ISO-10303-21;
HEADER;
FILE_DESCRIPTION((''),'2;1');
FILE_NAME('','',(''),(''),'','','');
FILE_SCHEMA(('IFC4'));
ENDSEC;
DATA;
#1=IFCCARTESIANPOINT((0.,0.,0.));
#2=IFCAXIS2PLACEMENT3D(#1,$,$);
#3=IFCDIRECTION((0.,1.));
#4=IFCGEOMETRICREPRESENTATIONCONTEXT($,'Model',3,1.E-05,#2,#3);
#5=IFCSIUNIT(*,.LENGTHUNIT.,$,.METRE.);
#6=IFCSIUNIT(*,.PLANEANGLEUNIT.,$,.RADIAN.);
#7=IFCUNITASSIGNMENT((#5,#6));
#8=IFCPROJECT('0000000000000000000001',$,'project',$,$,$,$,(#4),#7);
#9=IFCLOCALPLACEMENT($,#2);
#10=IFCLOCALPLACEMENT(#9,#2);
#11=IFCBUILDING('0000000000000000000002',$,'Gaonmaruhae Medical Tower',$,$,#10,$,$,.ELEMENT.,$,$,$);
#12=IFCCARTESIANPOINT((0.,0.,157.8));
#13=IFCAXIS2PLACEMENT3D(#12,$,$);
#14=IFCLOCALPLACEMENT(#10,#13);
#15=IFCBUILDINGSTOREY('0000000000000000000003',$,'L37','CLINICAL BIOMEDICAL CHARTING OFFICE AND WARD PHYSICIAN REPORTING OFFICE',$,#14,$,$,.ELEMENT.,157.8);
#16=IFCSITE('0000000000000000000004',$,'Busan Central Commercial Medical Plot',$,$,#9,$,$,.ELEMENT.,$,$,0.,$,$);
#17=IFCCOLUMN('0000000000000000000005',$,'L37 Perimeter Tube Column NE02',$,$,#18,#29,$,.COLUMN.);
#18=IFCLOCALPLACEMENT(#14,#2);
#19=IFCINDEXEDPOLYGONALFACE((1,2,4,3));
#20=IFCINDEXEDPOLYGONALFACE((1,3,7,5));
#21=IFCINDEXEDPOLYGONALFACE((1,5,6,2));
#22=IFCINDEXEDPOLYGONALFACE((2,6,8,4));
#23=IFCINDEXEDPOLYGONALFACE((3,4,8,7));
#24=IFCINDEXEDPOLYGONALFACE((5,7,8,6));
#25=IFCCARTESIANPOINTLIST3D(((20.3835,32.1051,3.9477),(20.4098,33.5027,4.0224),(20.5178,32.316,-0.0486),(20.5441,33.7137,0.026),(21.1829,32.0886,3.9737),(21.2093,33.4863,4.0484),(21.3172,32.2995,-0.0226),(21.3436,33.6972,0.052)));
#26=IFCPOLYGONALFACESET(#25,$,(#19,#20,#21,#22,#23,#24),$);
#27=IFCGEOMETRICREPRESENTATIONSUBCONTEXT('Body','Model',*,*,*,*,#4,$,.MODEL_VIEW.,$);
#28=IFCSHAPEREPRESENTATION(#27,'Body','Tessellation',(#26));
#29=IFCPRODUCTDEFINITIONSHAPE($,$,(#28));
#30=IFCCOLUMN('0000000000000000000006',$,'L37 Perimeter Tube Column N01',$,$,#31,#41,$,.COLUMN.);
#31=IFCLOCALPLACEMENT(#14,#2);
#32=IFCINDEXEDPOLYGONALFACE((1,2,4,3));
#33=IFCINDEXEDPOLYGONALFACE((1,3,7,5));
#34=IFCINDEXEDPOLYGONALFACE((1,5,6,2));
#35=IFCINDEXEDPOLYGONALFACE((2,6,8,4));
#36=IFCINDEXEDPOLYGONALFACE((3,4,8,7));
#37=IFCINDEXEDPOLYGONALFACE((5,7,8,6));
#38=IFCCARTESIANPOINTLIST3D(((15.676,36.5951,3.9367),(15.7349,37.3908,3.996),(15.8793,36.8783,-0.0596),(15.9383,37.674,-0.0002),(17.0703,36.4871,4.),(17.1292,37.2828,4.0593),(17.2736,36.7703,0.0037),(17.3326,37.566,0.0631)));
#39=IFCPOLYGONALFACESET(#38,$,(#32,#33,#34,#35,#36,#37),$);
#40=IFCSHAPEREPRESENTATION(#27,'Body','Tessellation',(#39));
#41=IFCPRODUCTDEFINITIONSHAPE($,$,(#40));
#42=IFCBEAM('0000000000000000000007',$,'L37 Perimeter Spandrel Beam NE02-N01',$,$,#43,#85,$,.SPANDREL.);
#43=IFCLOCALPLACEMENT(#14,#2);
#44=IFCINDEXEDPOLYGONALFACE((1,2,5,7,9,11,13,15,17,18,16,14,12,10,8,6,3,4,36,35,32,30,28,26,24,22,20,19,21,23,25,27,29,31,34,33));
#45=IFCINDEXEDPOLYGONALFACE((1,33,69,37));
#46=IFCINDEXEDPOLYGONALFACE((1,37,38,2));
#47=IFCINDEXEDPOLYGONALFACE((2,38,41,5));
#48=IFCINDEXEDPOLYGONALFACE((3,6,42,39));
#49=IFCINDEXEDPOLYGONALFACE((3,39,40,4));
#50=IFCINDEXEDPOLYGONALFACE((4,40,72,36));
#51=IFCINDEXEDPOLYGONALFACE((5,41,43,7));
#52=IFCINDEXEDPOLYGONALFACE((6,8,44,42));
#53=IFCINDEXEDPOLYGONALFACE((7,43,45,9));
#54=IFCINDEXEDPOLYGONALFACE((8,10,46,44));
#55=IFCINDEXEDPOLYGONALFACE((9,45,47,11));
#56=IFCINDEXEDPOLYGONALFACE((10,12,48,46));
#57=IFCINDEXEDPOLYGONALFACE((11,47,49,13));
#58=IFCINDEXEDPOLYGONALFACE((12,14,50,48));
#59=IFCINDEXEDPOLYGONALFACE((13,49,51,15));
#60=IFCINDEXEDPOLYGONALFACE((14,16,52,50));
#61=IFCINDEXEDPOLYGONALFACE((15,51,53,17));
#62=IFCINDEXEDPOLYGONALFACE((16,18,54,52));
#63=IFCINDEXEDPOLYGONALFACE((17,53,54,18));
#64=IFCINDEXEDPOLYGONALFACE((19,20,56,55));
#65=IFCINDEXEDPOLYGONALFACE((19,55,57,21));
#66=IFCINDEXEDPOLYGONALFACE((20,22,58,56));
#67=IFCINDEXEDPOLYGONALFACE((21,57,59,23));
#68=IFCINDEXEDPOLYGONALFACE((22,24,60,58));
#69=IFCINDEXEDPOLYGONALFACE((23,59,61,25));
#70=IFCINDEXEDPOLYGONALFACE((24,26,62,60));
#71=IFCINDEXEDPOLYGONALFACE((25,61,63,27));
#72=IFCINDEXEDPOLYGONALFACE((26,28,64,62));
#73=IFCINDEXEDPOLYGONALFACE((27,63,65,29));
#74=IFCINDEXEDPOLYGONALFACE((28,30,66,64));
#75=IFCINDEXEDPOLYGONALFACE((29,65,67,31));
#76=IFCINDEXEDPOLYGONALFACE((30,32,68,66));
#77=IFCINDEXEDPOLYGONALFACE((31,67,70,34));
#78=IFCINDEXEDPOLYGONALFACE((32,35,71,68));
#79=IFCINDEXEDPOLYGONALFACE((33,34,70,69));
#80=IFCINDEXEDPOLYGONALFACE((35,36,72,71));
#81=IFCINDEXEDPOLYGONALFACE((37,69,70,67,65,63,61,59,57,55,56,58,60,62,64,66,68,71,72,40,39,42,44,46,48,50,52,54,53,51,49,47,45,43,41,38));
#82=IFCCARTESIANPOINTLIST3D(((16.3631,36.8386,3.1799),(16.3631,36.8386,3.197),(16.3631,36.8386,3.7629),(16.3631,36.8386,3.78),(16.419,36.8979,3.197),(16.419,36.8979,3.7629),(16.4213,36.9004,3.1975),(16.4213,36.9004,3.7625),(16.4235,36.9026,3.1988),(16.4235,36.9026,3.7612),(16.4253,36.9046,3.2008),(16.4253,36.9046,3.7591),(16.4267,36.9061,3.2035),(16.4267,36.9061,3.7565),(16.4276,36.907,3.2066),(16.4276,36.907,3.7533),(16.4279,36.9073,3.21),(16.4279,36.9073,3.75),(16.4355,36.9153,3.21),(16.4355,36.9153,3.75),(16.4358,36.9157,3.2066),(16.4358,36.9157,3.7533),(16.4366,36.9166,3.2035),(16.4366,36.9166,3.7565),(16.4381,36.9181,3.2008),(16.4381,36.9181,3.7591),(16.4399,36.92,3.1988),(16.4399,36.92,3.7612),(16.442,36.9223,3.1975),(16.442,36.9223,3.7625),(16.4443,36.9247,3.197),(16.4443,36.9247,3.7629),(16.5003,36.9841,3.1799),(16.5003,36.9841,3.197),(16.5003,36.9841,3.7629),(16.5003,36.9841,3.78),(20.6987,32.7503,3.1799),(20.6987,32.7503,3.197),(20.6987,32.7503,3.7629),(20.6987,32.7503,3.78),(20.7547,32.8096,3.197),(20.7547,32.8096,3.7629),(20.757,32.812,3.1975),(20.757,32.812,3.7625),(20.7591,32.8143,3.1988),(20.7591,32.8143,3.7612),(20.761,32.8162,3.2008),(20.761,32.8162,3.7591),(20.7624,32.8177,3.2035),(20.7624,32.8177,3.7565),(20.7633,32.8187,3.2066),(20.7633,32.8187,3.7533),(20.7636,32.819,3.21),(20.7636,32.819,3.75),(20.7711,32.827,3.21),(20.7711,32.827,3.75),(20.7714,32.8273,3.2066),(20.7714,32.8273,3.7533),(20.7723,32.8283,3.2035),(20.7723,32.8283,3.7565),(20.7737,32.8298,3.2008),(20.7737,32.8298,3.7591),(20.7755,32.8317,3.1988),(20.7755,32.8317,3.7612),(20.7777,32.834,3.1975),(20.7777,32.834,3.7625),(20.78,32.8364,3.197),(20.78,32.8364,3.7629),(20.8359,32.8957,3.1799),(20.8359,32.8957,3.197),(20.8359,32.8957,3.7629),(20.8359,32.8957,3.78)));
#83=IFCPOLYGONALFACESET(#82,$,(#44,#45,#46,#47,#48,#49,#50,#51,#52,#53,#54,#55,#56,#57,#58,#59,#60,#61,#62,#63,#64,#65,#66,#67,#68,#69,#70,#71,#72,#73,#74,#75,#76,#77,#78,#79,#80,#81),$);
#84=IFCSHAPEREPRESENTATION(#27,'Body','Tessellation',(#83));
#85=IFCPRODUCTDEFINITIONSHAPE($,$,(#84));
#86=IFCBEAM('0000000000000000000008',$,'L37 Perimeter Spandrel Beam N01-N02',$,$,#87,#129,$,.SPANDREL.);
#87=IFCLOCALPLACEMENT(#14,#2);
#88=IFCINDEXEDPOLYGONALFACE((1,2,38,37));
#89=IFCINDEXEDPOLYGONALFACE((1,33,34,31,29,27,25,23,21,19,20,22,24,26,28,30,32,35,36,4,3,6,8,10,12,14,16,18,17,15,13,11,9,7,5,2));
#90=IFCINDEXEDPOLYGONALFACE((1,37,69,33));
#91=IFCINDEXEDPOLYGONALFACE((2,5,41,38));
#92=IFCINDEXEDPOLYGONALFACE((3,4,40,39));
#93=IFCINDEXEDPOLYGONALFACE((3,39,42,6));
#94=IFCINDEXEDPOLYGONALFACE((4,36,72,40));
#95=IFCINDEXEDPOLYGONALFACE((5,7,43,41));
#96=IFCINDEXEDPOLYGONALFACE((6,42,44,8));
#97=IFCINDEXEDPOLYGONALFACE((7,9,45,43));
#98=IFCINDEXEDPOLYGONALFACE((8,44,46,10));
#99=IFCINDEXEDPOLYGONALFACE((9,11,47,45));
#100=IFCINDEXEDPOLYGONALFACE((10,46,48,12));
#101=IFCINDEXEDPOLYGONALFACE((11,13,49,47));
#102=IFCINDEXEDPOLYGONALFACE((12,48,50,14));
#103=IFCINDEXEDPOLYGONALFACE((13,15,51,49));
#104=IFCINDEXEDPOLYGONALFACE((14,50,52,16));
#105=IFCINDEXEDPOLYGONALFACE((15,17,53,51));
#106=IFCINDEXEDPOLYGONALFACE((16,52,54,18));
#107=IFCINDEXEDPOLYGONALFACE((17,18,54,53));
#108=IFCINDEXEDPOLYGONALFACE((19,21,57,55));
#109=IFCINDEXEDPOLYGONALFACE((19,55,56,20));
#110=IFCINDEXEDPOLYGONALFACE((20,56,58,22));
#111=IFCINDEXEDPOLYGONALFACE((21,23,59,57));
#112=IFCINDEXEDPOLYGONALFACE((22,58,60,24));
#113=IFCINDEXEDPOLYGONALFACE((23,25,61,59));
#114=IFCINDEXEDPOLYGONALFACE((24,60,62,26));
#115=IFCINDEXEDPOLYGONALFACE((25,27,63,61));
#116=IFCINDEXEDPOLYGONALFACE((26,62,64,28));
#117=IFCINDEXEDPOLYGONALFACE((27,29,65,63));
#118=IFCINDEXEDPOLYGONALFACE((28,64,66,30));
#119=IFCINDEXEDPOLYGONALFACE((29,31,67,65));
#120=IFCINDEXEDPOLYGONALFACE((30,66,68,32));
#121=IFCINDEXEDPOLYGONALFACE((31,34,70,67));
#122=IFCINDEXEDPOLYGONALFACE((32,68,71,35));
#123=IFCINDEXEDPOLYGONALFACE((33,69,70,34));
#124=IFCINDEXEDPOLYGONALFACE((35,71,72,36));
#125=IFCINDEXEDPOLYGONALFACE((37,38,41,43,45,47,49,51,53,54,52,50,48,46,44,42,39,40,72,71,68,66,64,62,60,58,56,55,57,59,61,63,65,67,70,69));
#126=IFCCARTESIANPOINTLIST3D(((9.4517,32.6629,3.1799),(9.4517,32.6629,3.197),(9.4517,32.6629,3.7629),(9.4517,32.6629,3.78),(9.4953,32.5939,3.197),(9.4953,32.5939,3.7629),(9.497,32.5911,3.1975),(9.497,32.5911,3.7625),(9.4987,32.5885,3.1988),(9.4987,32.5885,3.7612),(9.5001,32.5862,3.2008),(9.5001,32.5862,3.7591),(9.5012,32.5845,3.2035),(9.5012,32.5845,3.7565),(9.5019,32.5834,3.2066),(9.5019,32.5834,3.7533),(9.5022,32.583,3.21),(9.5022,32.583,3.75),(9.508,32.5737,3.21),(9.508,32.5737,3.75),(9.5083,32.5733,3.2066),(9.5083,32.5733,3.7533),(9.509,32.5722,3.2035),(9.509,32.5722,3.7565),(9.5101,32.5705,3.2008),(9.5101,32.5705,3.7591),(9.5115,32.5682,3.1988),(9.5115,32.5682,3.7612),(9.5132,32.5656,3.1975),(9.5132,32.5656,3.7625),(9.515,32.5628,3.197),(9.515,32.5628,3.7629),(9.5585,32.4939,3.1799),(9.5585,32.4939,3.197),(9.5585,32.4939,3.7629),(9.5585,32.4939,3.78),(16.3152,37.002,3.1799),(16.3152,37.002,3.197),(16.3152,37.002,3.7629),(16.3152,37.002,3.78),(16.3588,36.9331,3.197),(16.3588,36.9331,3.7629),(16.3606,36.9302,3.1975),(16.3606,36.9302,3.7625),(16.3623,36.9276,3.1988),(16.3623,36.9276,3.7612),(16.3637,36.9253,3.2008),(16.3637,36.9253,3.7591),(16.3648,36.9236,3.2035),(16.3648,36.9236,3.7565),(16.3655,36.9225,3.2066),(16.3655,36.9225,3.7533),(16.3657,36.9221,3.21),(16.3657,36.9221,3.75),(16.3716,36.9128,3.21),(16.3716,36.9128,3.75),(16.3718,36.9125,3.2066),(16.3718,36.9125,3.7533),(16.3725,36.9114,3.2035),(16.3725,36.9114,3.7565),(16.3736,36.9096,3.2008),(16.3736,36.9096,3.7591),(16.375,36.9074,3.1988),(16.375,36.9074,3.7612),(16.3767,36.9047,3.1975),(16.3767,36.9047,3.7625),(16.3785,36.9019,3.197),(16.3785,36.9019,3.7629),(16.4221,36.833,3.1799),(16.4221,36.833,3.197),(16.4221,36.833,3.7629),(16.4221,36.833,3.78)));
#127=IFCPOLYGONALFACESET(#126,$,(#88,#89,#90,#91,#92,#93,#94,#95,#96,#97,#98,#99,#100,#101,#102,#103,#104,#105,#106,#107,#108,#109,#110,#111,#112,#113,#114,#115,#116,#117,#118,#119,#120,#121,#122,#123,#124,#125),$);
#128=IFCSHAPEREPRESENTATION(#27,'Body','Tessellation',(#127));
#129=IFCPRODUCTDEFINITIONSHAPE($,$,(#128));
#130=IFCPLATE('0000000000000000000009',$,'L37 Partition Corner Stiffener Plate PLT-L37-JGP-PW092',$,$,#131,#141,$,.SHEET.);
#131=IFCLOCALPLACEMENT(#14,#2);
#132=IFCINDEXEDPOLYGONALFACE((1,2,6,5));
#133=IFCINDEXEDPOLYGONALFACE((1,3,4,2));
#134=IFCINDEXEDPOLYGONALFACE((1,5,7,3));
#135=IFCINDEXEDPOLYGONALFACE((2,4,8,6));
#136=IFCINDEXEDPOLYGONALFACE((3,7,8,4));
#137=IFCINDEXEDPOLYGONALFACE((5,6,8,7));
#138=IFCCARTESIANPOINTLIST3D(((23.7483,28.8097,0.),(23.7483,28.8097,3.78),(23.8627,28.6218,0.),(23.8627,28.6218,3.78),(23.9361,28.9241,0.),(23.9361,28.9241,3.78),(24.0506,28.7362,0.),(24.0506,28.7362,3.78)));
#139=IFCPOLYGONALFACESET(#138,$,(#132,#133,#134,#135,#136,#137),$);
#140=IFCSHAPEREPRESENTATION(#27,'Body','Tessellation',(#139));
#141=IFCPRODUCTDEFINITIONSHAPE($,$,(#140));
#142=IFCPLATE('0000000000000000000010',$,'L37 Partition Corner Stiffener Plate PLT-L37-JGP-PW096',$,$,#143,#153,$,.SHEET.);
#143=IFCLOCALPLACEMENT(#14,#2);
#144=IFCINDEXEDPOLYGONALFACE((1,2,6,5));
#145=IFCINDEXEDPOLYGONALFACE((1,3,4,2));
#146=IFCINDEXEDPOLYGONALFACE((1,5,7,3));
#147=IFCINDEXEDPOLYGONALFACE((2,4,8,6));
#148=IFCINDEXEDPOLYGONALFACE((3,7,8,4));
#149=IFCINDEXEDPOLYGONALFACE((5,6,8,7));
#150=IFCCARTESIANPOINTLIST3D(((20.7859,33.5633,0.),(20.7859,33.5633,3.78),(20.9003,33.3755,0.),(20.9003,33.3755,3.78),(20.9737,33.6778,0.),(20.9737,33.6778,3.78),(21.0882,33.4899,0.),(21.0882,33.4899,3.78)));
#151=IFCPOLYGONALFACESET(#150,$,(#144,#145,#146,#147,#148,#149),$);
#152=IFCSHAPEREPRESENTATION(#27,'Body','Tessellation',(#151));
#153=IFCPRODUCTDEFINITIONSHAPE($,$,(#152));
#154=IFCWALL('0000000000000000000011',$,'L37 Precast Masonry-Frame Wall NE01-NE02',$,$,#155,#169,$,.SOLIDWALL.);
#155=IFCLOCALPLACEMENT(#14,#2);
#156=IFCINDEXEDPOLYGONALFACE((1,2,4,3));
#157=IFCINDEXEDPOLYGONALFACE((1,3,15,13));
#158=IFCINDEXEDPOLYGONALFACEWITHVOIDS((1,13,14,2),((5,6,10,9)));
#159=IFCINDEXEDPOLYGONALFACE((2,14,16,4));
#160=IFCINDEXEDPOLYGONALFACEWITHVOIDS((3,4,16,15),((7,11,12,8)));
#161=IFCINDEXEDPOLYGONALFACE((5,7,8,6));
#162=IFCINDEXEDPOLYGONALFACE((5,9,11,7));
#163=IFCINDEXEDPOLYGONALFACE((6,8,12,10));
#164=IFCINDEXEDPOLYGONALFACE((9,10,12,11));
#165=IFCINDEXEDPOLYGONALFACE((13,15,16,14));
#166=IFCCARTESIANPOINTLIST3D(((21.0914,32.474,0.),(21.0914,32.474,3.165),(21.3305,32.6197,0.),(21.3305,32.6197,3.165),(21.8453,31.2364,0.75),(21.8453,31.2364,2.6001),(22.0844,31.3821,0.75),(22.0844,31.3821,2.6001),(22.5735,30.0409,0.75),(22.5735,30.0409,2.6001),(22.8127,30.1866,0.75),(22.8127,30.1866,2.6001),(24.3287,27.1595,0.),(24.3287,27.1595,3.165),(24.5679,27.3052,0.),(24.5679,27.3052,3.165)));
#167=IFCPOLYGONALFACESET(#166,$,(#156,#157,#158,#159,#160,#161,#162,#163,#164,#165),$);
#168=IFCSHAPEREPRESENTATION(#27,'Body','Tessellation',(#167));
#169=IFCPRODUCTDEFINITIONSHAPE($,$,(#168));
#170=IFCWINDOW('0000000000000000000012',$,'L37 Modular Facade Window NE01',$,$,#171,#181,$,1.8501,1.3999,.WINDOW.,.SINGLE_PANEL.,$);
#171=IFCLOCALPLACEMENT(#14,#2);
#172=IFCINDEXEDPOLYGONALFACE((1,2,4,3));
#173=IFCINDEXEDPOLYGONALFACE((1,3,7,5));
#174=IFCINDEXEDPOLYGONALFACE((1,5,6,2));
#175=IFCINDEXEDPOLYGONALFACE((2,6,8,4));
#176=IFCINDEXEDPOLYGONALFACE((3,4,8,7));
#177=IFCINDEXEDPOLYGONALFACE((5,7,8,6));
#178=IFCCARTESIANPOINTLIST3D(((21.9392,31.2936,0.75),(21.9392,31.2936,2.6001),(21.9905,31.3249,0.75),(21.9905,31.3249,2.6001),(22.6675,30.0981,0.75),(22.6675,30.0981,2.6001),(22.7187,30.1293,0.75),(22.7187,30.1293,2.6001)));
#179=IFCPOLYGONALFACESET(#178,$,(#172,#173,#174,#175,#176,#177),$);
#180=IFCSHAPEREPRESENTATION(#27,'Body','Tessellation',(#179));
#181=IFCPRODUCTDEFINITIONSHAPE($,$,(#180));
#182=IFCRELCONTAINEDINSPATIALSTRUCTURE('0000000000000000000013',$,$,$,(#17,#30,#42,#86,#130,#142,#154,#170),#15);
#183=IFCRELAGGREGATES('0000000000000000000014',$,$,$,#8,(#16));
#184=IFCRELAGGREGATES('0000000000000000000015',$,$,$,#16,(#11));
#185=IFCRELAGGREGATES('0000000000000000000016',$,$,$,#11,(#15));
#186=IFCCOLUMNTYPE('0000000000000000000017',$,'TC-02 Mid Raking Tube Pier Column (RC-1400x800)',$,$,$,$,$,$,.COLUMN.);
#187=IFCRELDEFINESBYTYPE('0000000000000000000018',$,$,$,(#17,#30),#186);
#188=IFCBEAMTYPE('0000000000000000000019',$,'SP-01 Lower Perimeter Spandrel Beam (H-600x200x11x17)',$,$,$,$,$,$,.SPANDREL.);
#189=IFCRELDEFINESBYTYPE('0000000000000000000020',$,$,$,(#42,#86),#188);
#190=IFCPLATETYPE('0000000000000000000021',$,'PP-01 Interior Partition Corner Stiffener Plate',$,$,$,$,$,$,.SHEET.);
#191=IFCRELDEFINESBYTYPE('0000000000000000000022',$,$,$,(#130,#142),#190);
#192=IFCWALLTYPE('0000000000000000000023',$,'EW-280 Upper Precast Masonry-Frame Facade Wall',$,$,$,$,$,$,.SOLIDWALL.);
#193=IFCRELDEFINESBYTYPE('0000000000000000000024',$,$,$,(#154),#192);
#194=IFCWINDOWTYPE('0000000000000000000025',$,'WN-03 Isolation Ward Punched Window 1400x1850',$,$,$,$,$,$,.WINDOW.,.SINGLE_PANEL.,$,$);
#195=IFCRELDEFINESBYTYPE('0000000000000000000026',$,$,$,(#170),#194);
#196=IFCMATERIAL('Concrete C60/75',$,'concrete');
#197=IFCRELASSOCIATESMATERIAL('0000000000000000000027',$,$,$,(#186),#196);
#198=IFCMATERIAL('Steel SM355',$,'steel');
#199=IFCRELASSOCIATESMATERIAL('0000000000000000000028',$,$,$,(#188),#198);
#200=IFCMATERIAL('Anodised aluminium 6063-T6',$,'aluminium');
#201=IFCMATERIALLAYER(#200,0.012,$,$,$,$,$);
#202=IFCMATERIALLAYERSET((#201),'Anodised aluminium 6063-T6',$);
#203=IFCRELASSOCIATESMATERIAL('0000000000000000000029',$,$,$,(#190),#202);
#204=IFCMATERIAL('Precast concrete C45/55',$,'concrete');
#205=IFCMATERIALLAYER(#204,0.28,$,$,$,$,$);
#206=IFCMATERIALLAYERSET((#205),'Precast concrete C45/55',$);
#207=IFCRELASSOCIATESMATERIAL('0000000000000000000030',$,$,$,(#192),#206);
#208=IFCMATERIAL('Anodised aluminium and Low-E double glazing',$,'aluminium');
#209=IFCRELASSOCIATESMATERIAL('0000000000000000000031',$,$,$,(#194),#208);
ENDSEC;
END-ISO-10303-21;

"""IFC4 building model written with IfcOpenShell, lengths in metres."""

from ifc_helpers import new_model, si_unit, direction, frame, frame_2d, origin, origin_2d, place, context, subcontext, project, spatial, rectangle, i_section, extrude, material, layer, layer_set, material_profile, profile_set, type_object, element, fill, save


model = new_model("IFC4")

# Units and contexts
model_context = context("Model", 3, precision=1e-05, world=origin(), true_north=direction((0.0, 1.0)))
body_context = subcontext(model_context, "Body", "Model", "MODEL_VIEW")
ifc_project = project(units=[si_unit("LENGTHUNIT", "METRE"), si_unit("PLANEANGLEUNIT", "RADIAN")], contexts=[model_context])

# Site, building, storey
site_placement = place(None, origin())
site = spatial("IfcSite", under=ifc_project, at=site_placement, Name="Busan Central Commercial Medical Plot", CompositionType="ELEMENT", RefElevation=0.0)
building_placement = place(site_placement, origin())
building = spatial("IfcBuilding", under=site, at=building_placement, Name="Gaonmaruhae Medical Tower", CompositionType="ELEMENT")
storey_placement = place(building_placement, frame((0.0, 0.0, 157.8)))
storey = spatial("IfcBuildingStorey", under=building, at=storey_placement, Name="L37", Description="CLINICAL BIOMEDICAL CHARTING OFFICE AND WARD PHYSICIAN REPORTING OFFICE", CompositionType="ELEMENT", Elevation=157.8)

# Columns
ifc_material_1 = material(Name="Concrete C60/75", Category="concrete")
ifc_material_profile_1 = material_profile(ifc_material_1, rectangle(XDim=1.3999, YDim=0.8, at=origin_2d()), Name="RC-1400x800")
ifc_profile_set_1 = profile_set([ifc_material_profile_1], Name="Concrete C60/75")
column_type = type_object("IfcColumnType", Name="TC-02 Mid Raking Tube Pier Column (RC-1400x800)", PredefinedType="COLUMN", material=ifc_profile_set_1)
column_1_placement = place(storey_placement, frame((20.9307, 33.0066, 0.0017), z_axis=(-0.033535, -0.05268, 0.998048), x_axis=(0.018822, 0.9984, 0.053331)))
element("IfcColumn", 1, at=column_1_placement, inside=storey, type_object=column_type, Name="L37 Perimeter Tube Column NE02", PredefinedType="COLUMN", context=body_context, shape_type="SweptSolid", body=[
    extrude(rectangle(XDim=1.3999, YDim=0.8, at=origin_2d()), origin(), (0.0, 0.0, 1.0), 4.0042),
])
column_2_placement = place(storey_placement, frame((16.606, 37.2222, 0.0017), z_axis=(-0.050696, -0.070597, 0.996216), x_axis=(0.995994, -0.077139, 0.045219)))
element("IfcColumn", 2, at=column_2_placement, inside=storey, type_object=column_type, Name="L37 Perimeter Tube Column N01", PredefinedType="COLUMN", context=body_context, shape_type="SweptSolid", body=[
    extrude(rectangle(XDim=1.3999, YDim=0.8, at=origin_2d()), origin(), (0.0, 0.0, 1.0), 4.0115),
])

# Beams
ifc_material_2 = material(Name="Steel SM355", Category="steel")
ifc_material_profile_2 = material_profile(ifc_material_2, i_section(OverallWidth=0.2, OverallDepth=0.6001, WebThickness=0.011, FlangeThickness=0.0171, FilletRadius=0.0129, at=origin_2d()), Name="H-600x200x11x17")
ifc_profile_set_2 = profile_set([ifc_material_profile_2], Name="Steel SM355")
beam_type = type_object("IfcBeamType", Name="SP-01 Lower Perimeter Spandrel Beam (H-600x200x11x17)", PredefinedType="SPANDREL", material=ifc_profile_set_2)
beam_1_placement = place(storey_placement, frame((20.7673, 32.823, 3.48), z_axis=(-0.727553, 0.686052, 0.0), x_axis=(-0.686052, -0.727553, 0.0)))
element("IfcBeam", 3, at=beam_1_placement, inside=storey, type_object=beam_type, Name="L37 Perimeter Spandrel Beam NE02-N01", PredefinedType="SPANDREL", context=body_context, shape_type="SweptSolid", body=[
    extrude(i_section(OverallWidth=0.2, OverallDepth=0.6001, WebThickness=0.011, FlangeThickness=0.0171, FilletRadius=0.0129, at=origin_2d()), origin(), (0.0, 0.0, 1.0), 5.9592),
])
beam_2_placement = place(storey_placement, frame((16.3687, 36.9175, 3.48), z_axis=(-0.845252, -0.534367, 0.0), x_axis=(0.534367, -0.845252, 0.0)))
element("IfcBeam", 4, at=beam_2_placement, inside=storey, type_object=beam_type, Name="L37 Perimeter Spandrel Beam N01-N02", PredefinedType="SPANDREL", context=body_context, shape_type="SweptSolid", body=[
    extrude(i_section(OverallWidth=0.2, OverallDepth=0.6001, WebThickness=0.011, FlangeThickness=0.0171, FilletRadius=0.0129, at=origin_2d()), origin(), (0.0, 0.0, 1.0), 8.1201),
])

# Plates
ifc_material_3 = material(Name="Anodised aluminium 6063-T6", Category="aluminium")
ifc_layer_1 = layer(ifc_material_3, 0.012)
ifc_layer_set_1 = layer_set([ifc_layer_1], Name="Anodised aluminium 6063-T6")
plate_type = type_object("IfcPlateType", Name="PP-01 Interior Partition Corner Stiffener Plate", PredefinedType="SHEET", material=ifc_layer_set_1)
for number, where, z_axis, x_axis, name in (
    (5, (23.8994, 28.7729, 0.0), (0.0, 0.0, 1.0), (0.854023, 0.520235, 0.0), "L37 Partition Corner Stiffener Plate PLT-L37-JGP-PW092"),
    (6, (20.937, 33.5266, 0.0), (0.0, 0.0, 1.0), (0.854096, 0.520116, 0.0), "L37 Partition Corner Stiffener Plate PLT-L37-JGP-PW096"),
):
    element("IfcPlate", number, at=place(storey_placement, frame(where, z_axis=z_axis, x_axis=x_axis)), inside=storey, type_object=plate_type, Name=name, PredefinedType="SHEET", context=body_context, shape_type="SweptSolid", body=[
        extrude(rectangle(XDim=0.22, YDim=0.22, at=origin_2d()), origin(), (0.0, 0.0, 1.0), 3.78),
    ])

# Wall, opening, window
ifc_material_4 = material(Name="Precast concrete C45/55", Category="concrete")
ifc_layer_2 = layer(ifc_material_4, 0.28)
ifc_layer_set_2 = layer_set([ifc_layer_2], Name="Precast concrete C45/55")
wall_type_1 = type_object("IfcWallType", Name="EW-280 Upper Precast Masonry-Frame Facade Wall", PredefinedType="SOLIDWALL", material=ifc_layer_set_2)
wall_1_placement = place(storey_placement, frame((24.4482, 27.2324, 0.0), z_axis=(0.0, 0.0, 1.0), x_axis=(-0.520231, 0.854026, 0.0)))
wall_1 = element("IfcWall", 7, at=wall_1_placement, inside=storey, type_object=wall_type_1, Name="L37 Precast Masonry-Frame Wall NE01-NE02", PredefinedType="SOLIDWALL", context=body_context, shape_type="SweptSolid", body=[
    extrude(rectangle(XDim=6.2229, YDim=0.28, at=frame_2d((3.1113, 0.0))), origin(), (0.0, 0.0, 1.0), 3.165),
])
opening_1_placement = place(wall_1_placement, frame((3.3738, 0.0, 0.75)))
opening_1 = element("IfcOpeningElement", 8, at=opening_1_placement, cuts=wall_1, PredefinedType="OPENING", context=body_context, shape_type="SweptSolid", body=[
    extrude(rectangle(XDim=1.3999, YDim=1.8501, at=frame_2d((0.7, 0.925))), frame((0.0, 0.1499, 0.0), z_axis=(0.0, -1.0, 0.0), x_axis=(1.0, 0.0, 0.0)), (0.0, 0.0, 1.0), 0.3),
])
ifc_material_5 = material(Name="Anodised aluminium and Low-E double glazing", Category="aluminium")
window_type_1 = type_object("IfcWindowType", Name="WN-03 Isolation Ward Punched Window 1400x1850", PartitioningType="SINGLE_PANEL", PredefinedType="WINDOW", material=ifc_material_5)
window_1_placement = place(opening_1_placement, origin())
window_1 = element("IfcWindow", 9, at=window_1_placement, inside=storey, type_object=window_type_1, Name="L37 Modular Facade Window NE01", OverallHeight=1.8501, OverallWidth=1.3999, PartitioningType="SINGLE_PANEL", PredefinedType="WINDOW", context=body_context, shape_type="SweptSolid", body=[
    extrude(rectangle(XDim=1.3999, YDim=1.8501, at=frame_2d((0.7, 0.925))), frame((0.0, 0.03, 0.0), z_axis=(0.0, -1.0, 0.0), x_axis=(1.0, 0.0, 0.0)), (0.0, 0.0, 1.0), 0.0601),
])
fill(opening_1, window_1)

save(model, "model.ifc")
